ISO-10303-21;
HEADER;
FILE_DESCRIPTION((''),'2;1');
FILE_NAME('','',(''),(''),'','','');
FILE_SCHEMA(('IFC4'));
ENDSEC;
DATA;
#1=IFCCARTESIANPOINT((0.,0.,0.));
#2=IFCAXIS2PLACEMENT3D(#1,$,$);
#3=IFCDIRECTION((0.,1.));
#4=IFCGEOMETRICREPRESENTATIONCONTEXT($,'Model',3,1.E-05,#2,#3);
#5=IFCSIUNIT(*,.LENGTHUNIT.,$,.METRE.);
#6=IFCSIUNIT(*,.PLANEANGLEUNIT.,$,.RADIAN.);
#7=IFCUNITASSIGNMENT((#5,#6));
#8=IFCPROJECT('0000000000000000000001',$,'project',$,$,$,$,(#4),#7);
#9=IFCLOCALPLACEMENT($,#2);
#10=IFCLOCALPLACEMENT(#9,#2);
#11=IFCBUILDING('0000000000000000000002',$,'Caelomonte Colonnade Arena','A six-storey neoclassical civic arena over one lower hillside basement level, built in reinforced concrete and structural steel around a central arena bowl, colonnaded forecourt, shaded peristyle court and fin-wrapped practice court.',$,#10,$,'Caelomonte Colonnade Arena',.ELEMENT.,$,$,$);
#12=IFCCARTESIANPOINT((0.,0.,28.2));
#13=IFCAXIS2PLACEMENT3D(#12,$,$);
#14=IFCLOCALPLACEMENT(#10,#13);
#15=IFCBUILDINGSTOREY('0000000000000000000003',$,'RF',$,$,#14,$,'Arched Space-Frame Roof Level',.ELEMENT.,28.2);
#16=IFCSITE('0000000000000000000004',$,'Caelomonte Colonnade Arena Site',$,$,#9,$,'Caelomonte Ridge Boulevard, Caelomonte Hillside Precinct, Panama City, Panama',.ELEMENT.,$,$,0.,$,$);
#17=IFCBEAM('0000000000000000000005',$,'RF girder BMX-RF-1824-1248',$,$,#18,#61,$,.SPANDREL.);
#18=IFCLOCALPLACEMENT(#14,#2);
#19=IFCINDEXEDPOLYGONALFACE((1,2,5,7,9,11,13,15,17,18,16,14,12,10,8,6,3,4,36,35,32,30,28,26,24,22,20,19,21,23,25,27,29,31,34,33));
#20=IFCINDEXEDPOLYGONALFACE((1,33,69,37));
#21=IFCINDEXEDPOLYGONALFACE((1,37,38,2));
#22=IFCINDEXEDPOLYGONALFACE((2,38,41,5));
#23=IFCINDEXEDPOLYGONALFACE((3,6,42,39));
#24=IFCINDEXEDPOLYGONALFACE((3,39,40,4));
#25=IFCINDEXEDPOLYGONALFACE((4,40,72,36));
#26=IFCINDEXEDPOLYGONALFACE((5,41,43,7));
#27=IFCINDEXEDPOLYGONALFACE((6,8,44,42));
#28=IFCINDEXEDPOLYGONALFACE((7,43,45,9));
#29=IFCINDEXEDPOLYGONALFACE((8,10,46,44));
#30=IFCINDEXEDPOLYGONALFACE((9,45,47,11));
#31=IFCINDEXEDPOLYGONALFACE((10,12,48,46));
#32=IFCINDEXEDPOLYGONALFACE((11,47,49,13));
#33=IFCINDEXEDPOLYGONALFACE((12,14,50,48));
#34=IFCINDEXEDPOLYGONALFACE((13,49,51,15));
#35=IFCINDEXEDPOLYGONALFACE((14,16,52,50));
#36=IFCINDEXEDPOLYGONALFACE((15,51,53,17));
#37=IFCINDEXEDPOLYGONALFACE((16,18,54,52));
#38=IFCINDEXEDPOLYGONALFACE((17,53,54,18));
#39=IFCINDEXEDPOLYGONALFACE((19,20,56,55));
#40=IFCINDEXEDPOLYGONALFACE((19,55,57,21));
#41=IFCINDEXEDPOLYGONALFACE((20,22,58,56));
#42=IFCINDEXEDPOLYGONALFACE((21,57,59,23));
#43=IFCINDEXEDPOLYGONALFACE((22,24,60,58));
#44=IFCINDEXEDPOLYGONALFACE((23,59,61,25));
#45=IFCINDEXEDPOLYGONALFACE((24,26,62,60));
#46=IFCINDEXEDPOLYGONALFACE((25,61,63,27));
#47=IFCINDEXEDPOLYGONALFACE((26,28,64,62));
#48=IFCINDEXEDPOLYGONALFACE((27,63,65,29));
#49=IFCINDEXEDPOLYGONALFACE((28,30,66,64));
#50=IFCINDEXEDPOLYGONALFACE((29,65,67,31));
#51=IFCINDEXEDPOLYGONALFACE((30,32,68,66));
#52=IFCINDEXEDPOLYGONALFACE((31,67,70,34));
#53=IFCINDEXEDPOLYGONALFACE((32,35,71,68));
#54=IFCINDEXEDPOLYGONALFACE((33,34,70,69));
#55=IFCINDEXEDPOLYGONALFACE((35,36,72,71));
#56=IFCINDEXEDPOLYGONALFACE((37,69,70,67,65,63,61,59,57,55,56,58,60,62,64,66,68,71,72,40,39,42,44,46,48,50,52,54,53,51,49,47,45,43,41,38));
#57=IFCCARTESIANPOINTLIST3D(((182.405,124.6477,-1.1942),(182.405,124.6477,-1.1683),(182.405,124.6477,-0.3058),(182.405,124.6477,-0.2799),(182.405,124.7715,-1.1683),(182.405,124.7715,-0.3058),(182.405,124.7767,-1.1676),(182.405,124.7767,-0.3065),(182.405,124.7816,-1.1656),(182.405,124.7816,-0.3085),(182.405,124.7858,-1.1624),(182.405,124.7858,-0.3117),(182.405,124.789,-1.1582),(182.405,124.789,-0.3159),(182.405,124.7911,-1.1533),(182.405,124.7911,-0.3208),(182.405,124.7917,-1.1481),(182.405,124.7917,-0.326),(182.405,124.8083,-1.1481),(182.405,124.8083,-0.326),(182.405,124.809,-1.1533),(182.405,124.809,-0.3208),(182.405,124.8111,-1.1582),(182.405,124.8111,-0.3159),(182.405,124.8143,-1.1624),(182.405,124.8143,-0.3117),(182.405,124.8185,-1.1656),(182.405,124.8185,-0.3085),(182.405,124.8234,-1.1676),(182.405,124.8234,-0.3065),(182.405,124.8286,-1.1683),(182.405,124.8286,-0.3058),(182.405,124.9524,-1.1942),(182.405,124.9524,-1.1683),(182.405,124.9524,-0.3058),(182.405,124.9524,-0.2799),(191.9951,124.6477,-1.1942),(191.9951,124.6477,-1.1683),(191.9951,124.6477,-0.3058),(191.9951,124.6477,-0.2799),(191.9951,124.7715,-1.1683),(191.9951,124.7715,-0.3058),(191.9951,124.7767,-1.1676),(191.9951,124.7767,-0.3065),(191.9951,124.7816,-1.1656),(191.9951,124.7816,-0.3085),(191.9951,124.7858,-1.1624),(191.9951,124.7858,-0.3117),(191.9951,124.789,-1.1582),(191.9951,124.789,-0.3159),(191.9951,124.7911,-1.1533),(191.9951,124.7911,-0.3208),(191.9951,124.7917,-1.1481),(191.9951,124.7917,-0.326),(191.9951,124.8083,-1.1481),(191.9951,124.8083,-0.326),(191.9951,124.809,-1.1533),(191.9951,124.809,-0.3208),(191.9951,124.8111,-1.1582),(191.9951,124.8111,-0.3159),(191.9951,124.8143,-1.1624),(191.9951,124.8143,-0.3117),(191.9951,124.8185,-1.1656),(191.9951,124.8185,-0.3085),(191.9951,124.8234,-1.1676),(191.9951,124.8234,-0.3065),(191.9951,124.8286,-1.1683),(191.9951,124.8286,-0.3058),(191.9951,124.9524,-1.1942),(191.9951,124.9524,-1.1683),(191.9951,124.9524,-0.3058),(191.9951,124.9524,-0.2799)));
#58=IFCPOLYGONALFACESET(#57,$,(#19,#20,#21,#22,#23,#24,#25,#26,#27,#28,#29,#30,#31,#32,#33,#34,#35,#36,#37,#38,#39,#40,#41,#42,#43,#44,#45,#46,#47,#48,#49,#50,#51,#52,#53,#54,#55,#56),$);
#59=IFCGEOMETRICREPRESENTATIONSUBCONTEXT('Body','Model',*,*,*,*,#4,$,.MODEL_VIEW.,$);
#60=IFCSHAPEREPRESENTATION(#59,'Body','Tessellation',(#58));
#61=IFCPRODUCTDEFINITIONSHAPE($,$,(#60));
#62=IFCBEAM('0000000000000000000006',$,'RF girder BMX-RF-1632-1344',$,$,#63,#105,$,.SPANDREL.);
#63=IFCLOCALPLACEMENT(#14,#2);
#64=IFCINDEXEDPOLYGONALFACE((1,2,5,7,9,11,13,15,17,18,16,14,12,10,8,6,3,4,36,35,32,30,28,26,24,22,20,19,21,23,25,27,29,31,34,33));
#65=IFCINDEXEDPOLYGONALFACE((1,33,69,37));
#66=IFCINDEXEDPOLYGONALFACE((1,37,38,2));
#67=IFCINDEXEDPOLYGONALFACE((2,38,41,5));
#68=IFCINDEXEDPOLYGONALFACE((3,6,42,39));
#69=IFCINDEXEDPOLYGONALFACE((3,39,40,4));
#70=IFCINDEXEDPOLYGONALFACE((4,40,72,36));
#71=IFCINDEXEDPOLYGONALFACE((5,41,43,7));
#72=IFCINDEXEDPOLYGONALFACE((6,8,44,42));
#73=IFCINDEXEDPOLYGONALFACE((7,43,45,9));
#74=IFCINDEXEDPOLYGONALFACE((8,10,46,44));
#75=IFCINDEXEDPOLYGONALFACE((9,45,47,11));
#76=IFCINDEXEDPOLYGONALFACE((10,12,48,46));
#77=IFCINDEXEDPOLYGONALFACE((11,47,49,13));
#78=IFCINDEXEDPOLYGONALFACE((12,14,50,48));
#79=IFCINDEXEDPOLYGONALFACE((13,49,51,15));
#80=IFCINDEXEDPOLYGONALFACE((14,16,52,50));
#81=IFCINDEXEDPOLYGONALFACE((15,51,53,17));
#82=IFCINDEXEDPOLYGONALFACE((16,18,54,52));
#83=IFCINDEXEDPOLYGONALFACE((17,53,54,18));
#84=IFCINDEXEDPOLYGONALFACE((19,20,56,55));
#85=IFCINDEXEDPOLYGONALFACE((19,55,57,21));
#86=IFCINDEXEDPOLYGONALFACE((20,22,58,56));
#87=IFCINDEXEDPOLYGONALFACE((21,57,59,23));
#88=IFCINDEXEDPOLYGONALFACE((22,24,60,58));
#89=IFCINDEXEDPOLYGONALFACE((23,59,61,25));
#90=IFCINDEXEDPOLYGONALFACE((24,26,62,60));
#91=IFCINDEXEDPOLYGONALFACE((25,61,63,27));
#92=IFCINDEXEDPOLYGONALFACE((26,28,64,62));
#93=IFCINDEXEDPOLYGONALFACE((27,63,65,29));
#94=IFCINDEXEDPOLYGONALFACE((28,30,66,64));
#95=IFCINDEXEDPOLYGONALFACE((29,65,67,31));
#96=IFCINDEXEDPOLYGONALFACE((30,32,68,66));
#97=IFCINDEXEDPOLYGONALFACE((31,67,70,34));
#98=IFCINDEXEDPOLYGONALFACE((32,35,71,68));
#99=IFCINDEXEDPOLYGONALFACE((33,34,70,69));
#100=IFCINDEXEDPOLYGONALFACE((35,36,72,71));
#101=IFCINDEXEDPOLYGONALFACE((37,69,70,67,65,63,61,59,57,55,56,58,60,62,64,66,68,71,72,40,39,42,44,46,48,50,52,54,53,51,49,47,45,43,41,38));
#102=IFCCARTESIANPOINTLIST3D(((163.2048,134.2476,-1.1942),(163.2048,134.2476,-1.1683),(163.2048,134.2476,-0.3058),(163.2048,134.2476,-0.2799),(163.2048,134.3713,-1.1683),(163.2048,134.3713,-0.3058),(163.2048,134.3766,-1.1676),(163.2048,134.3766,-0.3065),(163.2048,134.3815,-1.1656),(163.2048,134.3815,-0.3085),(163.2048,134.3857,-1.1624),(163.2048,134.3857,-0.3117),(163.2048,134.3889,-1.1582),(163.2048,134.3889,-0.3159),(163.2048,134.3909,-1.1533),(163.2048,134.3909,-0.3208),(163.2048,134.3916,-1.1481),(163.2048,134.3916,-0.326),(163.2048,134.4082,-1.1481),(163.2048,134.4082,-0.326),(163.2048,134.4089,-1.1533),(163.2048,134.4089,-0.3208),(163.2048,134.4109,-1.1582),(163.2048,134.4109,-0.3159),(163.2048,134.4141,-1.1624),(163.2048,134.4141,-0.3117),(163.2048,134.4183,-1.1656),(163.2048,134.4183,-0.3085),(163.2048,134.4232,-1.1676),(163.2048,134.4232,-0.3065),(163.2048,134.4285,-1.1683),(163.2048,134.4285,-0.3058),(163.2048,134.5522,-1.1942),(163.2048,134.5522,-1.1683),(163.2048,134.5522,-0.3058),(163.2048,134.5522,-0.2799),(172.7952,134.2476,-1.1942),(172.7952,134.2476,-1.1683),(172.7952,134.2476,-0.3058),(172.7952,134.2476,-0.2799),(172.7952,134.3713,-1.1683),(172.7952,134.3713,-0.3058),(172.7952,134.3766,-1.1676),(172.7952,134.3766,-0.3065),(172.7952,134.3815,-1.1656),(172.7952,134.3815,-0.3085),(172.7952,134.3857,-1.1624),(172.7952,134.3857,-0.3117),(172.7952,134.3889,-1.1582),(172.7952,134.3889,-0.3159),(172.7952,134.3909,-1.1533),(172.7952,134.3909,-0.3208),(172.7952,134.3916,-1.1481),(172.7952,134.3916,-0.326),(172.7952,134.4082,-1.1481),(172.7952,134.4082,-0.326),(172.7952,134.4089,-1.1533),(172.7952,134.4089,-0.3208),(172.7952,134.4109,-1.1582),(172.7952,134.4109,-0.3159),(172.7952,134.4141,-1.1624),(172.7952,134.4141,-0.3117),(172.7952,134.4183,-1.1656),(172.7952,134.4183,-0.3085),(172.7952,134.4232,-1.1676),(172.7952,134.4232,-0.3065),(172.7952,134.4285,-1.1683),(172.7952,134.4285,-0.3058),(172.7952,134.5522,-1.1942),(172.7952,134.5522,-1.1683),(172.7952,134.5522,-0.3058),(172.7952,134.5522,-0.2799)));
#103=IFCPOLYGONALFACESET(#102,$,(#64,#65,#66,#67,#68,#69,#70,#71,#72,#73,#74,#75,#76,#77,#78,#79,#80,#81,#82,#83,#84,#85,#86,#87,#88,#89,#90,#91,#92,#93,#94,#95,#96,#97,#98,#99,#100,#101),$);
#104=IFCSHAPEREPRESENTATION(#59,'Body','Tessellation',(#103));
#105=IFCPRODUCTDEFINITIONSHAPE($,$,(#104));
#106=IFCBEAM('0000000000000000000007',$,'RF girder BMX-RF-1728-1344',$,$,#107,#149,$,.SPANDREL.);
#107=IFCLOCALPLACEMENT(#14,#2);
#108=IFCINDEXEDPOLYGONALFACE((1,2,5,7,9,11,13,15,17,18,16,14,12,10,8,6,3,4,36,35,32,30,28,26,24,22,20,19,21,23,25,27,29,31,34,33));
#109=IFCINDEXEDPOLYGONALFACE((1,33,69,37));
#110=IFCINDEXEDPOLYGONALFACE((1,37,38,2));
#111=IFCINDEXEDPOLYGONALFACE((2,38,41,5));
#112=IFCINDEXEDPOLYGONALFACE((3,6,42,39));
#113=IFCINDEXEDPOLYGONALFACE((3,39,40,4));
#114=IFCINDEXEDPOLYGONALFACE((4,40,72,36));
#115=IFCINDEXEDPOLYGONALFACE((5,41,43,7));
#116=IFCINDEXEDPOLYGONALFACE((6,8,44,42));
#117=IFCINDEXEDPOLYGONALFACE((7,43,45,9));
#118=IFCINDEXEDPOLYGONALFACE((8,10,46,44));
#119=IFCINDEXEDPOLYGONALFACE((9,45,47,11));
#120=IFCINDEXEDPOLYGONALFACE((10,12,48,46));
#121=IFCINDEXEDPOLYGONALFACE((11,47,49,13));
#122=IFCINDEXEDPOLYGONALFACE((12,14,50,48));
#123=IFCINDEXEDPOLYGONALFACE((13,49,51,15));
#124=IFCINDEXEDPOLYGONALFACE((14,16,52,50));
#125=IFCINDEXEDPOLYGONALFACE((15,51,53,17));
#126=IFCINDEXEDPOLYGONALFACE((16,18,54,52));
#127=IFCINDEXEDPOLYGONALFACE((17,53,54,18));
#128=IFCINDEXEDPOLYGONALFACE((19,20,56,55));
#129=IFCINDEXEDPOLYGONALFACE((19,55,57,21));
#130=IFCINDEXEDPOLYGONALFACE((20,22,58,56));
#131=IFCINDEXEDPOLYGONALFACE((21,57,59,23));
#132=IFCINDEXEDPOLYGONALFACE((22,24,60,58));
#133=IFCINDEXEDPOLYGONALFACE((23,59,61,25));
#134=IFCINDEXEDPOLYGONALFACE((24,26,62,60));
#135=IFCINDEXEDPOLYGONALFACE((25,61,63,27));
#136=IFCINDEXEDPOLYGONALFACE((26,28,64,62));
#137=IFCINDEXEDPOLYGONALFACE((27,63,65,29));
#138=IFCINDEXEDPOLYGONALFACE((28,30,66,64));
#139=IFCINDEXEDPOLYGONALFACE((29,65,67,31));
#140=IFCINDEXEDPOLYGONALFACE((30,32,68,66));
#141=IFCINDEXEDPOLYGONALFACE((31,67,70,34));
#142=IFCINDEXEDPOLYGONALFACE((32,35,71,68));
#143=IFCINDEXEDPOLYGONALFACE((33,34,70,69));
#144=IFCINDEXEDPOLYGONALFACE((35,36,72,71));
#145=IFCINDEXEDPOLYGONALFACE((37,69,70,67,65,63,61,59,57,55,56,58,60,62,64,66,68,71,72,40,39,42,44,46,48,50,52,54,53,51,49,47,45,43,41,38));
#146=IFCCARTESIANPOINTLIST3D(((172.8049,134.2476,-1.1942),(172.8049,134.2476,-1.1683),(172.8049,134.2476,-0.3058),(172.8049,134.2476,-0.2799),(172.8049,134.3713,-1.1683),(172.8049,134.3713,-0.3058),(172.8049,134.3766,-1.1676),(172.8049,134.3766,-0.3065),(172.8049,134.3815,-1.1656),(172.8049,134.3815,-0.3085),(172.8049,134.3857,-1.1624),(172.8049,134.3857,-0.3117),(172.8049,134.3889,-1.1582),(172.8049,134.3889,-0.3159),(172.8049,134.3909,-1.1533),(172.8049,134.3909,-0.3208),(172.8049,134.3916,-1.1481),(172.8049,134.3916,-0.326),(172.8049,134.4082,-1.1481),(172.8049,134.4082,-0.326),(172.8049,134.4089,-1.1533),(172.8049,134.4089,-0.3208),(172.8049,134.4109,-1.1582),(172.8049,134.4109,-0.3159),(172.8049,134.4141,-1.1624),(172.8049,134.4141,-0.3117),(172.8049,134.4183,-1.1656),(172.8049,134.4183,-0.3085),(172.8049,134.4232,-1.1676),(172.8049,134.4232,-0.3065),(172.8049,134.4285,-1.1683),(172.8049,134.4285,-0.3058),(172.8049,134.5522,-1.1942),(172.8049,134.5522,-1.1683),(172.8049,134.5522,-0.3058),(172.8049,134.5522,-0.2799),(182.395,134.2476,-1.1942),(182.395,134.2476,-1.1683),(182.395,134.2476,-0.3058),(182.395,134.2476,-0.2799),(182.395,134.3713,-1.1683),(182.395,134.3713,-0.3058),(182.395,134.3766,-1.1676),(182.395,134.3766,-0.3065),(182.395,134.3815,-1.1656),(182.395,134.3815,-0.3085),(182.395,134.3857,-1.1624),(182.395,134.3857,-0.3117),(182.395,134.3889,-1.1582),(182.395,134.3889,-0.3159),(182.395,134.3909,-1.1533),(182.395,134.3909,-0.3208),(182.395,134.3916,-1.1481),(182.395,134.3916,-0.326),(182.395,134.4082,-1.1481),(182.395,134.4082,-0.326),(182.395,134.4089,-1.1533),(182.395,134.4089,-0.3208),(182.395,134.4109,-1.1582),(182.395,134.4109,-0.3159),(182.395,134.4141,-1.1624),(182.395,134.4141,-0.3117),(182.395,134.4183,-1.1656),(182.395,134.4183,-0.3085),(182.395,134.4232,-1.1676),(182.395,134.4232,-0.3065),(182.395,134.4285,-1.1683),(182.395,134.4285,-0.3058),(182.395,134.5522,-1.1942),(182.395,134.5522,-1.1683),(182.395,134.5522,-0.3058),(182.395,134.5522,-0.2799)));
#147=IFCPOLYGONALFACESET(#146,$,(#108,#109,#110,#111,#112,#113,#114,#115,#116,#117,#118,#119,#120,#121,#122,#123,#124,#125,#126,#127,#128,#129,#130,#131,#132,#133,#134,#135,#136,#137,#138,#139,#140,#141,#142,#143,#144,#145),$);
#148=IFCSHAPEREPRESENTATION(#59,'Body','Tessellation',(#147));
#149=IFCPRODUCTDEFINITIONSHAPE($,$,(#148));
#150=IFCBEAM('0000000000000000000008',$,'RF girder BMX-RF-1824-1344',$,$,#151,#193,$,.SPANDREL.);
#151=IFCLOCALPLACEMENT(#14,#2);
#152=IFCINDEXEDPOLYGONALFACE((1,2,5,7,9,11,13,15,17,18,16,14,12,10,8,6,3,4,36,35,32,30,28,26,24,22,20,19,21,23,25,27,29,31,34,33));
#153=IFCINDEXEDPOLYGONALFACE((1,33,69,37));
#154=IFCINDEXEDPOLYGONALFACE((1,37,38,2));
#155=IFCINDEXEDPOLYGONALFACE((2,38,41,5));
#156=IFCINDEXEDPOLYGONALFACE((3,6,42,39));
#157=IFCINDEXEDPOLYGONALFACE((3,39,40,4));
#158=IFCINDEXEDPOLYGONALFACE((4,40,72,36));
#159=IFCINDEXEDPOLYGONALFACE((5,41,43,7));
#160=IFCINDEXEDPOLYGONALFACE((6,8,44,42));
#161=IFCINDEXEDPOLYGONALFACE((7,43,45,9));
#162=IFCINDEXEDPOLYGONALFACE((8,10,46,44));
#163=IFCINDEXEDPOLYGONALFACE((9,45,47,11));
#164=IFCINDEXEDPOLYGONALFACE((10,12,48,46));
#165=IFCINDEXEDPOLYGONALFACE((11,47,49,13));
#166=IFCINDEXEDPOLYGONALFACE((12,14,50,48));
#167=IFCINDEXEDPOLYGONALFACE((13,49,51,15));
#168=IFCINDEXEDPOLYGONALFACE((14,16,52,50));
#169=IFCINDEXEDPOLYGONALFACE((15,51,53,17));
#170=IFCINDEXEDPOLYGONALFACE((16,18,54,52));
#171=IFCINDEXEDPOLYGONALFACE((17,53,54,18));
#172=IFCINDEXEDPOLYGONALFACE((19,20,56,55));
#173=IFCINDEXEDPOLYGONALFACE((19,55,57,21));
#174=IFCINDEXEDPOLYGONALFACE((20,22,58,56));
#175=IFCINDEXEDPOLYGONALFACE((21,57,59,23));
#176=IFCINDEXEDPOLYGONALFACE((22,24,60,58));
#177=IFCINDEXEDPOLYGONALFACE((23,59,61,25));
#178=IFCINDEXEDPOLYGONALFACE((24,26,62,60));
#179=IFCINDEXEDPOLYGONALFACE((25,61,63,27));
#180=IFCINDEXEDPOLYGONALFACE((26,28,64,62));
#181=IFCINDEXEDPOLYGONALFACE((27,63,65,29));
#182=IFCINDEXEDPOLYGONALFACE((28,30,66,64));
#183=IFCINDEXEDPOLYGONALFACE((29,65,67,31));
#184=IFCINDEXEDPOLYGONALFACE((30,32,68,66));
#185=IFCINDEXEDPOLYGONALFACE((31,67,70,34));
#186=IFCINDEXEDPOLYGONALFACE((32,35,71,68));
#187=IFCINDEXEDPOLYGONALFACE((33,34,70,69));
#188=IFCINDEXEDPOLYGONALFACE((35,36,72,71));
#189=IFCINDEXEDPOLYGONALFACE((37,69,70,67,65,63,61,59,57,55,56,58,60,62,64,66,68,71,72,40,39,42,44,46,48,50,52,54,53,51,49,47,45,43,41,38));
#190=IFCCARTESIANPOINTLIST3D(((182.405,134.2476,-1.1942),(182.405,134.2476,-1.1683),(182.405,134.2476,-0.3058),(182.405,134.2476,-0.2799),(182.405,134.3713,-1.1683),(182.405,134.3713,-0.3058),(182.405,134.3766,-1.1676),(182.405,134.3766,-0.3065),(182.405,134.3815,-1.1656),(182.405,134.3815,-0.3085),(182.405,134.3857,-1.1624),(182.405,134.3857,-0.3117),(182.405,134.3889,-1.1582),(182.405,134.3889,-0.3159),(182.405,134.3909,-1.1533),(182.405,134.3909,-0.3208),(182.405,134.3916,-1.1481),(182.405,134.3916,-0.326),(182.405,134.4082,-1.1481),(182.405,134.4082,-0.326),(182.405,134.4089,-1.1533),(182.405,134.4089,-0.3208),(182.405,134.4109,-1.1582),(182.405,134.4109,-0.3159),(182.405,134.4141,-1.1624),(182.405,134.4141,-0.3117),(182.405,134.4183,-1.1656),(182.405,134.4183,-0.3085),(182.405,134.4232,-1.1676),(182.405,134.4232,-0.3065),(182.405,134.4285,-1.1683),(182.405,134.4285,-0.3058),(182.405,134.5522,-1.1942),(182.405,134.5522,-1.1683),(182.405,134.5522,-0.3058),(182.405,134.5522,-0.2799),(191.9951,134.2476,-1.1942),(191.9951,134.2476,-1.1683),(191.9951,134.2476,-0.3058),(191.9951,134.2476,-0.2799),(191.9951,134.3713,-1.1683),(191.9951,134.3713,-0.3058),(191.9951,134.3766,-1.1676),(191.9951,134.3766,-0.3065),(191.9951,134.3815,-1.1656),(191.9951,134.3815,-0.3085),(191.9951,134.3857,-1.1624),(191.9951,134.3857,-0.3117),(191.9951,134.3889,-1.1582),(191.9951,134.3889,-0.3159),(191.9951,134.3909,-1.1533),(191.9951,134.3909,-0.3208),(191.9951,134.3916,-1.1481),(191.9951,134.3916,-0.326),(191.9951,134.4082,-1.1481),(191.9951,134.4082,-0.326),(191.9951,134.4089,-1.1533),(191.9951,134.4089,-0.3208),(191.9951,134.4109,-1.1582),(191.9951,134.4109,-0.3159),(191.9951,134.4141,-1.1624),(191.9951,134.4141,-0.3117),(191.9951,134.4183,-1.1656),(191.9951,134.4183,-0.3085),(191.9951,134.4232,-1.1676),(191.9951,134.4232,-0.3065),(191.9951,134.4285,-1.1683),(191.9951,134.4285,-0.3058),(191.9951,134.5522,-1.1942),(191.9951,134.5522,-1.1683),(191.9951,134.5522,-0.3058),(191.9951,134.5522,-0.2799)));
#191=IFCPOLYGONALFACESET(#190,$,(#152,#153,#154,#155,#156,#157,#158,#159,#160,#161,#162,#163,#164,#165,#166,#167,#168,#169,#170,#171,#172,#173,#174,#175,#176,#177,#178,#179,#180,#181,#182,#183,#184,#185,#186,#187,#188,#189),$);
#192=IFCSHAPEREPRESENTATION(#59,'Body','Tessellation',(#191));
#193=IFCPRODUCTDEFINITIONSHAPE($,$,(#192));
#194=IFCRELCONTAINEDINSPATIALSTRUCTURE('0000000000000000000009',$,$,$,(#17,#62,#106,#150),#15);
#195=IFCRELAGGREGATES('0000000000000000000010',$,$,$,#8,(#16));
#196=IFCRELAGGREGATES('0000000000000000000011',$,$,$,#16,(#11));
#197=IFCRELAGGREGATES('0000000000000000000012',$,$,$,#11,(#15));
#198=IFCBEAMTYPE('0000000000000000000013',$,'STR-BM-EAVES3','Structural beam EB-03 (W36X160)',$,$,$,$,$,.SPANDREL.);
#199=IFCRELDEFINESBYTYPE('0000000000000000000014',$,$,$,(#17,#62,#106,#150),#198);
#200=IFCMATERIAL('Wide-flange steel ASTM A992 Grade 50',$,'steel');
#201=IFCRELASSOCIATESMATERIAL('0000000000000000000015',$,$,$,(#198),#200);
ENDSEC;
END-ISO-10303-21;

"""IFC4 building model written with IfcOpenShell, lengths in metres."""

from ifc_helpers import new_model, si_unit, direction, frame, origin, origin_2d, place, context, subcontext, project, spatial, i_section, extrude, material, material_profile, profile_set, type_object, element, save


model = new_model("IFC4")

# Units and contexts
model_context = context("Model", 3, precision=1e-05, world=origin(), true_north=direction((0.0, 1.0)))
body_context = subcontext(model_context, "Body", "Model", "MODEL_VIEW")
ifc_project = project(units=[si_unit("LENGTHUNIT", "METRE"), si_unit("PLANEANGLEUNIT", "RADIAN")], contexts=[model_context])

# Site, building, storey
site_placement = place(None, origin())
site = spatial("IfcSite", under=ifc_project, at=site_placement, Name="Caelomonte Colonnade Arena Site", LongName="Caelomonte Ridge Boulevard, Caelomonte Hillside Precinct, Panama City, Panama", CompositionType="ELEMENT", RefElevation=0.0)
building_placement = place(site_placement, origin())
building = spatial("IfcBuilding", under=site, at=building_placement, Name="Caelomonte Colonnade Arena", Description="A six-storey neoclassical civic arena over one lower hillside basement level, built in reinforced concrete and structural steel around a central arena bowl, colonnaded forecourt, shaded peristyle court and fin-wrapped practice court.", LongName="Caelomonte Colonnade Arena", CompositionType="ELEMENT")
storey_placement = place(building_placement, frame((0.0, 0.0, 28.2)))
storey = spatial("IfcBuildingStorey", under=building, at=storey_placement, Name="RF", LongName="Arched Space-Frame Roof Level", CompositionType="ELEMENT", Elevation=28.2)

# Beams
ifc_material_1 = material(Name="Wide-flange steel ASTM A992 Grade 50", Category="steel")
ifc_material_profile_1 = material_profile(ifc_material_1, i_section(OverallWidth=0.3047, OverallDepth=0.9143, WebThickness=0.0166, FlangeThickness=0.0259, FilletRadius=0.0203, at=origin_2d()), Name="W36X160")
ifc_profile_set_1 = profile_set([ifc_material_profile_1], Name="Wide-flange steel ASTM A992 Grade 50")
beam_type_1 = type_object("IfcBeamType", Name="STR-BM-EAVES3", Description="Structural beam EB-03 (W36X160)", PredefinedType="SPANDREL", material=ifc_profile_set_1)
for number, where, z_axis, x_axis, name in (
    (1, (182.405, 124.8, -0.7371), (1.0, 0.0, 0.0), (0.0, 1.0, 0.0), "RF girder BMX-RF-1824-1248"),
):
    element("IfcBeam", number, at=place(storey_placement, frame(where, z_axis=z_axis, x_axis=x_axis)), inside=storey, type_object=beam_type_1, Name=name, PredefinedType="SPANDREL", context=body_context, shape_type="SweptSolid", body=[
        extrude(i_section(OverallWidth=0.3047, OverallDepth=0.9143, WebThickness=0.0166, FlangeThickness=0.0259, FilletRadius=0.0203, at=origin_2d()), origin(), (0.0, 0.0, 1.0), 9.5901),
    ])
beam_1_placement = place(storey_placement, frame((163.2048, 134.3999, -0.7371), z_axis=(1.0, 0.0, 0.0), x_axis=(0.0, 1.0, 0.0)))
element("IfcBeam", 2, at=beam_1_placement, inside=storey, type_object=beam_type_1, Name="RF girder BMX-RF-1632-1344", PredefinedType="SPANDREL", context=body_context, shape_type="SweptSolid", body=[
    extrude(i_section(OverallWidth=0.3047, OverallDepth=0.9143, WebThickness=0.0166, FlangeThickness=0.0259, FilletRadius=0.0203, at=origin_2d()), origin(), (0.0, 0.0, 1.0), 9.5903),
])
for number, where, z_axis, x_axis, name in (
    (3, (172.8049, 134.3999, -0.7371), (1.0, 0.0, 0.0), (0.0, 1.0, 0.0), "RF girder BMX-RF-1728-1344"),
    (4, (182.405, 134.3999, -0.7371), (1.0, 0.0, 0.0), (0.0, 1.0, 0.0), "RF girder BMX-RF-1824-1344"),
):
    element("IfcBeam", number, at=place(storey_placement, frame(where, z_axis=z_axis, x_axis=x_axis)), inside=storey, type_object=beam_type_1, Name=name, PredefinedType="SPANDREL", context=body_context, shape_type="SweptSolid", body=[
        extrude(i_section(OverallWidth=0.3047, OverallDepth=0.9143, WebThickness=0.0166, FlangeThickness=0.0259, FilletRadius=0.0203, at=origin_2d()), origin(), (0.0, 0.0, 1.0), 9.5901),
    ])

save(model, "model.ifc")
